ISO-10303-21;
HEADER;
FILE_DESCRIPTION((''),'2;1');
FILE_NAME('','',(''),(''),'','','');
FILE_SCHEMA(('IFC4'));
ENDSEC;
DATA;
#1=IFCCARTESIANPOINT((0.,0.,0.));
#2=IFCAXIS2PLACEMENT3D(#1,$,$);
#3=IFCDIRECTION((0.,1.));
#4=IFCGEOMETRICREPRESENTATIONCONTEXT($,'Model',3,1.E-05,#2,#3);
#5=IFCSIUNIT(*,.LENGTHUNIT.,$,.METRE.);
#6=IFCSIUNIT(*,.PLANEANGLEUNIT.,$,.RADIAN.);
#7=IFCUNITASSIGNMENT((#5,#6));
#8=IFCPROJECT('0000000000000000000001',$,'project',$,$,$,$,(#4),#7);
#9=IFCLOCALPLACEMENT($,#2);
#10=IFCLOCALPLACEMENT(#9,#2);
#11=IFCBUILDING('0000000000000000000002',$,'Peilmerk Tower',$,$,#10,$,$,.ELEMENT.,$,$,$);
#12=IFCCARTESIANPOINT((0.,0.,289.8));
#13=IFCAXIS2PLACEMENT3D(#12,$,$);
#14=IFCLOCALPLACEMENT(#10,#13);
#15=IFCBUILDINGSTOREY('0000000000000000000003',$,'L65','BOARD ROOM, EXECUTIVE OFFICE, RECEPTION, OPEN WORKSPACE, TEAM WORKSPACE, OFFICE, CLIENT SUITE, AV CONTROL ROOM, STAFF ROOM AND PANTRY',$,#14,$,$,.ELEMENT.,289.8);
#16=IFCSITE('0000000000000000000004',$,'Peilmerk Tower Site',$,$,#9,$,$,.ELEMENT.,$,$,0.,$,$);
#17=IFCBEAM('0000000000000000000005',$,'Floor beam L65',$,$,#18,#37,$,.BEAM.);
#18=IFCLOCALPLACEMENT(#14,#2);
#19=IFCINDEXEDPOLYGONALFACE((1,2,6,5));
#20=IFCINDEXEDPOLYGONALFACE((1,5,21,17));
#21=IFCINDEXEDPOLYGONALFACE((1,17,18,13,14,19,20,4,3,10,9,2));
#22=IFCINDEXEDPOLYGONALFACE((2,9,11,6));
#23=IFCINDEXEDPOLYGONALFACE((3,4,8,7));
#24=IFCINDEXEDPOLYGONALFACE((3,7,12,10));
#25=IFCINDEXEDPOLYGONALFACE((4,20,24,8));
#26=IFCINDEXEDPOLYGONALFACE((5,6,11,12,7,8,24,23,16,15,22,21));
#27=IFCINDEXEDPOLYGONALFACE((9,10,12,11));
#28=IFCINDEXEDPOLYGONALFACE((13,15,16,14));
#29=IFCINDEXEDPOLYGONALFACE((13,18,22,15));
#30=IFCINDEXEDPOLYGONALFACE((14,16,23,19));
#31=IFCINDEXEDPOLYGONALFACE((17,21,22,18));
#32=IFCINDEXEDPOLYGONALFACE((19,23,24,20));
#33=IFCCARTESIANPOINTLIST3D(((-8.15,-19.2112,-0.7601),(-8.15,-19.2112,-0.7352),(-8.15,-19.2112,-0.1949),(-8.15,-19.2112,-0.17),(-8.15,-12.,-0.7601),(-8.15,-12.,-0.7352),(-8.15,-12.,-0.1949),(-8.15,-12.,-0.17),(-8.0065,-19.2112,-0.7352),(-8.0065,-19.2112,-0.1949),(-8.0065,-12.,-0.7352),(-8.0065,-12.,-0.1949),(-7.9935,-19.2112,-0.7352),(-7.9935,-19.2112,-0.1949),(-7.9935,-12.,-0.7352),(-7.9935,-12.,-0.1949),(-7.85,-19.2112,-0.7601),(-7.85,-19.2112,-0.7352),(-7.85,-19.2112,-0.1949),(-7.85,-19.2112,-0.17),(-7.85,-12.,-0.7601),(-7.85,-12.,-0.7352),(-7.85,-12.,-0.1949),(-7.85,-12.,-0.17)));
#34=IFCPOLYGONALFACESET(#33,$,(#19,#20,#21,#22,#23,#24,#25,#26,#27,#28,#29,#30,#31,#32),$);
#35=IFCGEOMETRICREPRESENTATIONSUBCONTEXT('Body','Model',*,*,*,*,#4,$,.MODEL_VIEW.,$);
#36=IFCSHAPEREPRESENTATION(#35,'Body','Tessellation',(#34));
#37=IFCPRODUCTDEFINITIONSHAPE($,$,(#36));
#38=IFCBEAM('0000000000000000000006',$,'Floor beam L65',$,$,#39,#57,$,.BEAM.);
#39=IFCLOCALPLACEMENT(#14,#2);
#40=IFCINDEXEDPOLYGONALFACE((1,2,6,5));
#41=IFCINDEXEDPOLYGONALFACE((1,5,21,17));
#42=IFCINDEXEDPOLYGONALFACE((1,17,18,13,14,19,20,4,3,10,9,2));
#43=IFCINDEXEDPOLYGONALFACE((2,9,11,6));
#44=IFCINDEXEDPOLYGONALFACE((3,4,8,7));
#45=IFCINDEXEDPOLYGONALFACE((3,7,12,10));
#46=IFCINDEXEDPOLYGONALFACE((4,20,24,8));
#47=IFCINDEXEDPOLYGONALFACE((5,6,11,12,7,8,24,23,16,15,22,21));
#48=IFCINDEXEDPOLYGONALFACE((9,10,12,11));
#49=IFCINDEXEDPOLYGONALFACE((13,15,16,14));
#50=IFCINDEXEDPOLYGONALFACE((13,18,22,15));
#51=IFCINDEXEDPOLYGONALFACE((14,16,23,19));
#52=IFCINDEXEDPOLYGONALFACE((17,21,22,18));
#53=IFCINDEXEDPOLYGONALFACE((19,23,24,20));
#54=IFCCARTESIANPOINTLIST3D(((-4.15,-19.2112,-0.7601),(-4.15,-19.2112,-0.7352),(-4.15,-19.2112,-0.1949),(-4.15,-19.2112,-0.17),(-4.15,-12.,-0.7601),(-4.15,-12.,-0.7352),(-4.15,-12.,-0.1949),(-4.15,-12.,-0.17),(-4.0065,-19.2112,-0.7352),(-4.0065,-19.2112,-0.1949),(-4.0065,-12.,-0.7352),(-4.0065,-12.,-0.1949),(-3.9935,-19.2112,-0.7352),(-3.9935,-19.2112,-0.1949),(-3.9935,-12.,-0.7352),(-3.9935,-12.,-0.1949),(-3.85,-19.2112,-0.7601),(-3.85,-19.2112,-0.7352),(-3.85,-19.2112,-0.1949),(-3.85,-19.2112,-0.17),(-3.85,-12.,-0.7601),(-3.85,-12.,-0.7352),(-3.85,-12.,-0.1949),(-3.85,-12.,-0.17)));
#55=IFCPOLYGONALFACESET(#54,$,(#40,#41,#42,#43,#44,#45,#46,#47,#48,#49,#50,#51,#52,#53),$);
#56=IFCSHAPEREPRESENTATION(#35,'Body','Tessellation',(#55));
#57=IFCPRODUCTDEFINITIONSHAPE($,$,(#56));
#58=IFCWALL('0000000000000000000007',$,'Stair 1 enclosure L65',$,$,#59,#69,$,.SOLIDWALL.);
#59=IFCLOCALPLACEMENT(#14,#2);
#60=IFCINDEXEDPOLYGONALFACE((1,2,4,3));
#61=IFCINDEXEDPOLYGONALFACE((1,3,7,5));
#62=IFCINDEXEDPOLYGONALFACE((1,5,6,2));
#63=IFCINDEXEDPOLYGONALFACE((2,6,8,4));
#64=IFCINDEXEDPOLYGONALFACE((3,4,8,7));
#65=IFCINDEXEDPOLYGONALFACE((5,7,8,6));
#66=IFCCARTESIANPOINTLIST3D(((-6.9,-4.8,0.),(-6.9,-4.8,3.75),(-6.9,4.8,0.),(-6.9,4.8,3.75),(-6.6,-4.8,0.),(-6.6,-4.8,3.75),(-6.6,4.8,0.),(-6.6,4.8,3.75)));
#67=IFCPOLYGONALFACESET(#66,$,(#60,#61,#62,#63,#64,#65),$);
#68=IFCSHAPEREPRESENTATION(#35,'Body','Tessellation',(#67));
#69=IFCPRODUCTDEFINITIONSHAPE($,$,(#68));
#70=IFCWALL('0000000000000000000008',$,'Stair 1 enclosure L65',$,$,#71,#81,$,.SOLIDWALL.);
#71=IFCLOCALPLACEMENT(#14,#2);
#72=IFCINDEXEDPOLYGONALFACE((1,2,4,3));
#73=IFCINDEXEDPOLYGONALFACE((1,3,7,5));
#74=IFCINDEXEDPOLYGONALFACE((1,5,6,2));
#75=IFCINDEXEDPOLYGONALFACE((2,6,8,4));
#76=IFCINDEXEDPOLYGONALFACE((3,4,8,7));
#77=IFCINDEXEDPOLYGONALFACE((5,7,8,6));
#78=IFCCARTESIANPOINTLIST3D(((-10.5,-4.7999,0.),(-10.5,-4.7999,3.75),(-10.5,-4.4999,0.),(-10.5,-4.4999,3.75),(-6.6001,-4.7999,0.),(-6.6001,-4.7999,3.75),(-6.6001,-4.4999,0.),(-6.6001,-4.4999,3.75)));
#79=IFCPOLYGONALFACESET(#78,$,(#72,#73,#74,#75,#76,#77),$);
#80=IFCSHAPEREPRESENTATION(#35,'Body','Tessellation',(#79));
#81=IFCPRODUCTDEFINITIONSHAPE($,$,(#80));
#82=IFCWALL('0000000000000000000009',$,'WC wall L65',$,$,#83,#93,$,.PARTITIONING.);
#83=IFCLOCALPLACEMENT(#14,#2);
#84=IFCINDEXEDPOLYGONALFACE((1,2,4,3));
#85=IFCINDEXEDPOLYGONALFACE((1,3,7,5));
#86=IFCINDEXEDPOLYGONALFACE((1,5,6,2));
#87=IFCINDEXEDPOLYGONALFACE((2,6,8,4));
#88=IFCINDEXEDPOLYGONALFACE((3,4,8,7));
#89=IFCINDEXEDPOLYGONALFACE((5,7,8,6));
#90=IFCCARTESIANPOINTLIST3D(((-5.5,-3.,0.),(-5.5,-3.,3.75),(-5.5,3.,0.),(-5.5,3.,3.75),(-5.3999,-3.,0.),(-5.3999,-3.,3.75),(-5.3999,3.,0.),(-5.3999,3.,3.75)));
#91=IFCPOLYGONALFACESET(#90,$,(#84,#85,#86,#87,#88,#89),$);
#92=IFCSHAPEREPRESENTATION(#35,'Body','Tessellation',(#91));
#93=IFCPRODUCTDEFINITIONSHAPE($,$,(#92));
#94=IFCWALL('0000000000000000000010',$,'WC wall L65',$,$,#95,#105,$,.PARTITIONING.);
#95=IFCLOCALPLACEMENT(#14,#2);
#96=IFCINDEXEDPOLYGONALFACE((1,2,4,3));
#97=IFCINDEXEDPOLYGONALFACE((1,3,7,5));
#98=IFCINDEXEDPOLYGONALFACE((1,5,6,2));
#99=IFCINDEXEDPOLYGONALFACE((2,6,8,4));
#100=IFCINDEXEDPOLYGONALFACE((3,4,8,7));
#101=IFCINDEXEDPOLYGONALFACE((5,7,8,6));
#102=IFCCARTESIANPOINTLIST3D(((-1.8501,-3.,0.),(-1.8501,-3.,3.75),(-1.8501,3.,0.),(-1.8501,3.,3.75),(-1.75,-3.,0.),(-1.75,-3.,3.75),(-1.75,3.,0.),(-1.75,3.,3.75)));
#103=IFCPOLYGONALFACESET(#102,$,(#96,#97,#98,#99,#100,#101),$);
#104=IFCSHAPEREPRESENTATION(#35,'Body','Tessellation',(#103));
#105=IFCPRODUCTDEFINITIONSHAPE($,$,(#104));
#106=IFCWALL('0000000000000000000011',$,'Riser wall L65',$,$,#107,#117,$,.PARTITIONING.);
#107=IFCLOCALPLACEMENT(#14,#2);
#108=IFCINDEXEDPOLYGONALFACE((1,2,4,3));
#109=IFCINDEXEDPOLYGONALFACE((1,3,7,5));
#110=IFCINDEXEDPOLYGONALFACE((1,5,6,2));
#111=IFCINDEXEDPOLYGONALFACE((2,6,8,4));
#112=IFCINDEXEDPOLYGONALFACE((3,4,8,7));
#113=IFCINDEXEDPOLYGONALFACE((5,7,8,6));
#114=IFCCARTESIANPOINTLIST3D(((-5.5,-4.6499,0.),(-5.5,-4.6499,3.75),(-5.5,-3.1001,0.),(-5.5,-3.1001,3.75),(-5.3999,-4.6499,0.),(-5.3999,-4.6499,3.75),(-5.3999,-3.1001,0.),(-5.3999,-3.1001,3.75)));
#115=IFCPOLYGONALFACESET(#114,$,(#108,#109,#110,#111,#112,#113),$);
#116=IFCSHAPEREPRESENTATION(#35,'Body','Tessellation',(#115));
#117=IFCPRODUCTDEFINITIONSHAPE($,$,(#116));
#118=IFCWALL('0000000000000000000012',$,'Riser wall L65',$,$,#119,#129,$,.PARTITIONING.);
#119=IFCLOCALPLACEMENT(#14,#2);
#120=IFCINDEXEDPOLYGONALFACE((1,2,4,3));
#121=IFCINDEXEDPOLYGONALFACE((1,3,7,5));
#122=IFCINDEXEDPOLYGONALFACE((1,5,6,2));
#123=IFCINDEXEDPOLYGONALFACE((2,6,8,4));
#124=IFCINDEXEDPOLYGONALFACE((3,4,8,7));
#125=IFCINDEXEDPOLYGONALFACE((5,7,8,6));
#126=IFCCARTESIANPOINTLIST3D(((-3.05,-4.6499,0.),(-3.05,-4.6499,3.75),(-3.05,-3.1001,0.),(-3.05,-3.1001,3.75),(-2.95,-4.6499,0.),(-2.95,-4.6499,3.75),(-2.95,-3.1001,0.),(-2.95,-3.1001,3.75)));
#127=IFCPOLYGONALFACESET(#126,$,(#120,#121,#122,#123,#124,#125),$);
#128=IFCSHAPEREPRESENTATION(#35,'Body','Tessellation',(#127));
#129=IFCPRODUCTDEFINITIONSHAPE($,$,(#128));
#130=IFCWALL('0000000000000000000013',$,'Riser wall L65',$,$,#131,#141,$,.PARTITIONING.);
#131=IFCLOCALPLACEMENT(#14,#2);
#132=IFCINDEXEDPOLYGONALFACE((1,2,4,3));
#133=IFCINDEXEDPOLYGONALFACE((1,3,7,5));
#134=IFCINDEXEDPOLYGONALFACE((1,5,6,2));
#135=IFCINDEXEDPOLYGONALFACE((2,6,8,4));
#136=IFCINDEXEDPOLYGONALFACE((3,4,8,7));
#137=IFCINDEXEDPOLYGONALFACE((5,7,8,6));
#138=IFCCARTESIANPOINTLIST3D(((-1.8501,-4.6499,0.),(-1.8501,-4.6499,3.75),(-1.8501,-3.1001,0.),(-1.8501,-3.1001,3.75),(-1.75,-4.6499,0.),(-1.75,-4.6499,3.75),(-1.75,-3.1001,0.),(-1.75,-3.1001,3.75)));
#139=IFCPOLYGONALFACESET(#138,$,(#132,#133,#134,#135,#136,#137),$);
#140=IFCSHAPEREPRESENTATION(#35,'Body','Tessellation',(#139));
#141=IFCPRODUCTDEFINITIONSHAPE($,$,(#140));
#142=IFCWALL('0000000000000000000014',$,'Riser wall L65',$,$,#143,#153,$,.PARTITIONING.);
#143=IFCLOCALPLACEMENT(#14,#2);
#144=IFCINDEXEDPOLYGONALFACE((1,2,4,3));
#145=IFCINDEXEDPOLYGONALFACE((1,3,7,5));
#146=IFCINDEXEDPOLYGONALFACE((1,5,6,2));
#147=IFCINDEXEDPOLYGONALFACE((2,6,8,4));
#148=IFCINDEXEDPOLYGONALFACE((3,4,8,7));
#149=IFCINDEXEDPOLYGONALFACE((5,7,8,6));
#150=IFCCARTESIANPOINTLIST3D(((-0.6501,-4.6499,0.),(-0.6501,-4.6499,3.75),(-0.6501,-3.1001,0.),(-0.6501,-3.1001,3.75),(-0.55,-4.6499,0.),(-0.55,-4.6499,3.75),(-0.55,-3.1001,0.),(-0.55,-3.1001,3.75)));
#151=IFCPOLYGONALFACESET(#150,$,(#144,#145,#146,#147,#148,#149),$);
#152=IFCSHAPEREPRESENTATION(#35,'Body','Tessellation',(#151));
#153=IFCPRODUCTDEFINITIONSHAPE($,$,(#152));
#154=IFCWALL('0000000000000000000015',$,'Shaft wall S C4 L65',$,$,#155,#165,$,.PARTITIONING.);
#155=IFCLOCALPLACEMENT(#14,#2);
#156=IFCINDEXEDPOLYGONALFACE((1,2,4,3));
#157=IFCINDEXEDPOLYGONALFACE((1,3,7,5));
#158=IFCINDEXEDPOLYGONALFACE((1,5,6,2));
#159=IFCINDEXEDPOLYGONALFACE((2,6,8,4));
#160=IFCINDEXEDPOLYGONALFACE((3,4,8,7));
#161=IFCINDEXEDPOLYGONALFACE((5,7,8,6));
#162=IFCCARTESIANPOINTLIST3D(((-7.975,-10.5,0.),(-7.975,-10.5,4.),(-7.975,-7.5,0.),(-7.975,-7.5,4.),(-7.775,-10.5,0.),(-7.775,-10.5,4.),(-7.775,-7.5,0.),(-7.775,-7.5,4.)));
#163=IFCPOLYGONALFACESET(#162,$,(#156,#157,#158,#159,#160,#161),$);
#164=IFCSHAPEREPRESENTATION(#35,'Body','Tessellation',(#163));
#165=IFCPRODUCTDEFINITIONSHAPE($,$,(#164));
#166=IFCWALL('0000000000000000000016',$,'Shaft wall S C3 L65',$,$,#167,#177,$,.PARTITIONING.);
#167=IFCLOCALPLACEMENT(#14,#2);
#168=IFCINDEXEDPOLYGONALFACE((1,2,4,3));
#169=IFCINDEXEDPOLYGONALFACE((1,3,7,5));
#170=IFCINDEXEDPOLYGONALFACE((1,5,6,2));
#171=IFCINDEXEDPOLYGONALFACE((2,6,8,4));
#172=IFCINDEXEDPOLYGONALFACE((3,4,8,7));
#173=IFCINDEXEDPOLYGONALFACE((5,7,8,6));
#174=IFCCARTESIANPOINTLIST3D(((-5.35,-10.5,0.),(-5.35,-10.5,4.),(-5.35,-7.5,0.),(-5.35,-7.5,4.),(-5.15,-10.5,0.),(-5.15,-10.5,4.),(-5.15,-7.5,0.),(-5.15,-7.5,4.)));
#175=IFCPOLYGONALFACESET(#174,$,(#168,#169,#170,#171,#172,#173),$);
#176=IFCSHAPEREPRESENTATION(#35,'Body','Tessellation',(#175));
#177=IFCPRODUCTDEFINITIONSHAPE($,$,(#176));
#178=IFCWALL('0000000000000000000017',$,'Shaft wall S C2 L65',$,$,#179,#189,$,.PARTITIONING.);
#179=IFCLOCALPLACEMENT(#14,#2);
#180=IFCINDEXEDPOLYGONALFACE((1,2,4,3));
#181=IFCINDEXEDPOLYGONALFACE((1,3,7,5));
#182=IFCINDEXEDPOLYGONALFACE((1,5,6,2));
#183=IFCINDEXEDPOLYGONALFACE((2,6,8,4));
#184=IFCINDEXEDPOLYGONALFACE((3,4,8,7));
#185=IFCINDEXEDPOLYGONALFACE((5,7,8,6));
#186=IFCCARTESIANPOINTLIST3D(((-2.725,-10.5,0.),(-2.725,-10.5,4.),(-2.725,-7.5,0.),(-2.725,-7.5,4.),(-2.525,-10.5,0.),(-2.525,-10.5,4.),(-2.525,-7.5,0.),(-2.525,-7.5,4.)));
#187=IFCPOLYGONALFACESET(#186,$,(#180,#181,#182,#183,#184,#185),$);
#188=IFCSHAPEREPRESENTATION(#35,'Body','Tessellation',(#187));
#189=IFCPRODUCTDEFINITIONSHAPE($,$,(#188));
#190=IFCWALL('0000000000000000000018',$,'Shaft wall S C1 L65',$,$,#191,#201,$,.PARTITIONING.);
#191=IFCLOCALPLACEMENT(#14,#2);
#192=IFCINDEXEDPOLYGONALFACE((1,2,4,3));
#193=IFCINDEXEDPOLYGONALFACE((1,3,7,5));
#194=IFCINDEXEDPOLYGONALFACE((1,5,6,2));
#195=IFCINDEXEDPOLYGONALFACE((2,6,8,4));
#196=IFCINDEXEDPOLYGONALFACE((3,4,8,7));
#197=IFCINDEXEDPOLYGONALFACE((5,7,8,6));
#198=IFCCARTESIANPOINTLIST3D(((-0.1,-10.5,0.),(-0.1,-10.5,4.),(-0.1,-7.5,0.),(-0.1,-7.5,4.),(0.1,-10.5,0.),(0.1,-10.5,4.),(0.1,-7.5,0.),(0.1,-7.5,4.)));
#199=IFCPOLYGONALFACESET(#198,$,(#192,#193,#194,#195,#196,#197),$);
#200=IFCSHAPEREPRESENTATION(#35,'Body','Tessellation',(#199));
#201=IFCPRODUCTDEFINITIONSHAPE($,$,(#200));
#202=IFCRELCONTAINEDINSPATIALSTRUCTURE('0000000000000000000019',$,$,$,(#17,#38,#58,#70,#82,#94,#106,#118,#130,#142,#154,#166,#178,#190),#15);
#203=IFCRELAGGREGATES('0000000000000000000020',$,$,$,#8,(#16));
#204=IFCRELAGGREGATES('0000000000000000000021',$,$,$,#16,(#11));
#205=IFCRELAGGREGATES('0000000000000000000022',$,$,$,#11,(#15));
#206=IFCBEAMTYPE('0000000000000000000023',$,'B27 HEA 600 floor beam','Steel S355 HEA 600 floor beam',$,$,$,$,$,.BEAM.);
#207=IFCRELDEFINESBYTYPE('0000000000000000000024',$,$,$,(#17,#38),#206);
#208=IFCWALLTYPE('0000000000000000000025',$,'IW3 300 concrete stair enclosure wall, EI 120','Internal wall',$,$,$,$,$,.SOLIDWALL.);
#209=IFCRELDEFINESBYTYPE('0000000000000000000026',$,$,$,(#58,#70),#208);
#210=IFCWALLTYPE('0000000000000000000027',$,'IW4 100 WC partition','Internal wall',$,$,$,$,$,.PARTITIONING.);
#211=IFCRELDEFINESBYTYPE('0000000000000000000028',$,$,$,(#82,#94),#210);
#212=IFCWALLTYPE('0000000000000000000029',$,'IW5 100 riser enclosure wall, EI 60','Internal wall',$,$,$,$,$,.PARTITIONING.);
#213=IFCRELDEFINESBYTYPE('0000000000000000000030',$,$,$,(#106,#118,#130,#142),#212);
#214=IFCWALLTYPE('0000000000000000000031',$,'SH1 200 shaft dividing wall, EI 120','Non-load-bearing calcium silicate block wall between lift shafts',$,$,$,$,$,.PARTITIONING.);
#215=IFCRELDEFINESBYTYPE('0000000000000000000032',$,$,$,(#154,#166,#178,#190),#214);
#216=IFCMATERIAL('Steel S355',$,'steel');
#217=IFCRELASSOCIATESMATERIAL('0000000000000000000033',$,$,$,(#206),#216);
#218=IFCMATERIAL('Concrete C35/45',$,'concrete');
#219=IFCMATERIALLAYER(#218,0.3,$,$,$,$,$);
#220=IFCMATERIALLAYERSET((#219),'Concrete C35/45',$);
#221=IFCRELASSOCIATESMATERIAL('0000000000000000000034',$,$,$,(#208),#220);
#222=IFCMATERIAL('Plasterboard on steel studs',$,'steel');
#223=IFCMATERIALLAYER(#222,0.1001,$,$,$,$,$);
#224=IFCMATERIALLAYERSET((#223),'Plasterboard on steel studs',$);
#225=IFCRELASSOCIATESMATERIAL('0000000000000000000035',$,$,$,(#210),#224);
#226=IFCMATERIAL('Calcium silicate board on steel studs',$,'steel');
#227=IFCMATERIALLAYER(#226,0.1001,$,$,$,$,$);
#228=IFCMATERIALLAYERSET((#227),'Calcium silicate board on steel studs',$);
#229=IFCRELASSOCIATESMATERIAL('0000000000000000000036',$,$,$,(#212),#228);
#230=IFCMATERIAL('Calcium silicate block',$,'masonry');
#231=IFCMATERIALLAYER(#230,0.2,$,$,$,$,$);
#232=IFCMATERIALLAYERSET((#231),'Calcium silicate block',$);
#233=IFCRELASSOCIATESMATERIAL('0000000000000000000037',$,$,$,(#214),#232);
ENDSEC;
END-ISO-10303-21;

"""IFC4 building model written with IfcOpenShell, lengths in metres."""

from ifc_helpers import new_model, si_unit, direction, frame, frame_2d, origin, origin_2d, place, context, subcontext, project, spatial, rectangle, i_section, extrude, material, layer, layer_set, material_profile, profile_set, type_object, element, save


model = new_model("IFC4")

# Units and contexts
model_context = context("Model", 3, precision=1e-05, world=origin(), true_north=direction((0.0, 1.0)))
body_context = subcontext(model_context, "Body", "Model", "MODEL_VIEW")
ifc_project = project(units=[si_unit("LENGTHUNIT", "METRE"), si_unit("PLANEANGLEUNIT", "RADIAN")], contexts=[model_context])

# Site, building, storey
site_placement = place(None, origin())
site = spatial("IfcSite", under=ifc_project, at=site_placement, Name="Peilmerk Tower Site", CompositionType="ELEMENT", RefElevation=0.0)
building_placement = place(site_placement, origin())
building = spatial("IfcBuilding", under=site, at=building_placement, Name="Peilmerk Tower", CompositionType="ELEMENT")
storey_placement = place(building_placement, frame((0.0, 0.0, 289.8)))
storey = spatial("IfcBuildingStorey", under=building, at=storey_placement, Name="L65", Description="BOARD ROOM, EXECUTIVE OFFICE, RECEPTION, OPEN WORKSPACE, TEAM WORKSPACE, OFFICE, CLIENT SUITE, AV CONTROL ROOM, STAFF ROOM AND PANTRY", CompositionType="ELEMENT", Elevation=289.8)

# Beams
ifc_material_1 = material(Name="Steel S355", Category="steel")
ifc_material_profile = material_profile(ifc_material_1, i_section(OverallWidth=0.3, OverallDepth=0.5901, WebThickness=0.0129, FlangeThickness=0.0249, at=origin_2d()), Name="HEA 600")
ifc_profile_set = profile_set([ifc_material_profile], Name="Steel S355")
beam_type = type_object("IfcBeamType", Name="B27 HEA 600 floor beam", Description="Steel S355 HEA 600 floor beam", PredefinedType="BEAM", material=ifc_profile_set)
for number, where, z_axis, x_axis, name in (
    (1, (-8.0, -12.0, -0.4651), (0.0, -1.0, 0.0), (1.0, 0.0, 0.0), "Floor beam L65"),
    (2, (-4.0, -12.0, -0.4651), (0.0, -1.0, 0.0), (1.0, 0.0, 0.0), "Floor beam L65"),
):
    element("IfcBeam", number, at=place(storey_placement, frame(where, z_axis=z_axis, x_axis=x_axis)), inside=storey, type_object=beam_type, Name=name, PredefinedType="BEAM", context=body_context, shape_type="SweptSolid", body=[
        extrude(i_section(OverallWidth=0.3, OverallDepth=0.5901, WebThickness=0.0129, FlangeThickness=0.0249, at=origin_2d()), origin(), (0.0, 0.0, 1.0), 7.2112),
    ])

# Walls
ifc_material_2 = material(Name="Concrete C35/45", Category="concrete")
ifc_layer_1 = layer(ifc_material_2, 0.3)
ifc_layer_set_1 = layer_set([ifc_layer_1], Name="Concrete C35/45")
wall_type_1 = type_object("IfcWallType", Name="IW3 300 concrete stair enclosure wall, EI 120", Description="Internal wall", PredefinedType="SOLIDWALL", material=ifc_layer_set_1)
wall_1_placement = place(storey_placement, frame((-6.75, -4.8, 0.0), z_axis=(0.0, 0.0, 1.0), x_axis=(0.0, 1.0, 0.0)))
element("IfcWall", 3, at=wall_1_placement, inside=storey, type_object=wall_type_1, Name="Stair 1 enclosure L65", PredefinedType="SOLIDWALL", context=body_context, shape_type="SweptSolid", body=[
    extrude(rectangle(XDim=9.6001, YDim=0.3, at=frame_2d((4.8, 0.0))), origin(), (0.0, 0.0, 1.0), 3.75),
])
wall_2_placement = place(storey_placement, frame((-6.6001, -4.6499, 0.0), z_axis=(0.0, 0.0, 1.0), x_axis=(-1.0, 0.0, 0.0)))
element("IfcWall", 4, at=wall_2_placement, inside=storey, type_object=wall_type_1, Name="Stair 1 enclosure L65", PredefinedType="SOLIDWALL", context=body_context, shape_type="SweptSolid", body=[
    extrude(rectangle(XDim=3.8999, YDim=0.3, at=frame_2d((1.95, 0.0))), origin(), (0.0, 0.0, 1.0), 3.75),
])
ifc_material_3 = material(Name="Plasterboard on steel studs", Category="steel")
ifc_layer_2 = layer(ifc_material_3, 0.1001)
ifc_layer_set_2 = layer_set([ifc_layer_2], Name="Plasterboard on steel studs")
wall_type_2 = type_object("IfcWallType", Name="IW4 100 WC partition", Description="Internal wall", PredefinedType="PARTITIONING", material=ifc_layer_set_2)
for number, where, z_axis, x_axis, name in (
    (5, (-5.45, -3.0, 0.0), (0.0, 0.0, 1.0), (0.0, 1.0, 0.0), "WC wall L65"),
    (6, (-1.8, -3.0, 0.0), (0.0, 0.0, 1.0), (0.0, 1.0, 0.0), "WC wall L65"),
):
    element("IfcWall", number, at=place(storey_placement, frame(where, z_axis=z_axis, x_axis=x_axis)), inside=storey, type_object=wall_type_2, Name=name, PredefinedType="PARTITIONING", context=body_context, shape_type="SweptSolid", body=[
        extrude(rectangle(XDim=6.0, YDim=0.1001, at=frame_2d((3.0, 0.0))), origin(), (0.0, 0.0, 1.0), 3.75),
    ])
ifc_material_4 = material(Name="Calcium silicate board on steel studs", Category="steel")
ifc_layer_3 = layer(ifc_material_4, 0.1001)
ifc_layer_set_3 = layer_set([ifc_layer_3], Name="Calcium silicate board on steel studs")
wall_type_3 = type_object("IfcWallType", Name="IW5 100 riser enclosure wall, EI 60", Description="Internal wall", PredefinedType="PARTITIONING", material=ifc_layer_set_3)
for number, where, z_axis, x_axis, name in (
    (7, (-5.45, -3.1001, 0.0), (0.0, 0.0, 1.0), (0.0, -1.0, 0.0), "Riser wall L65"),
    (8, (-3.0, -3.1001, 0.0), (0.0, 0.0, 1.0), (0.0, -1.0, 0.0), "Riser wall L65"),
    (9, (-1.8, -3.1001, 0.0), (0.0, 0.0, 1.0), (0.0, -1.0, 0.0), "Riser wall L65"),
    (10, (-0.6001, -3.1001, 0.0), (0.0, 0.0, 1.0), (0.0, -1.0, 0.0), "Riser wall L65"),
):
    element("IfcWall", number, at=place(storey_placement, frame(where, z_axis=z_axis, x_axis=x_axis)), inside=storey, type_object=wall_type_3, Name=name, PredefinedType="PARTITIONING", context=body_context, shape_type="SweptSolid", body=[
        extrude(rectangle(XDim=1.5498, YDim=0.1001, at=frame_2d((0.7749, 0.0))), origin(), (0.0, 0.0, 1.0), 3.75),
    ])
ifc_material_5 = material(Name="Calcium silicate block", Category="masonry")
ifc_layer_4 = layer(ifc_material_5, 0.2)
ifc_layer_set_4 = layer_set([ifc_layer_4], Name="Calcium silicate block")
wall_type_4 = type_object("IfcWallType", Name="SH1 200 shaft dividing wall, EI 120", Description="Non-load-bearing calcium silicate block wall between lift shafts", PredefinedType="PARTITIONING", material=ifc_layer_set_4)
for number, where, z_axis, x_axis, name in (
    (11, (-7.875, -10.5, 0.0), (0.0, 0.0, 1.0), (0.0, 1.0, 0.0), "Shaft wall S C4 L65"),
    (12, (-5.25, -10.5, 0.0), (0.0, 0.0, 1.0), (0.0, 1.0, 0.0), "Shaft wall S C3 L65"),
    (13, (-2.625, -10.5, 0.0), (0.0, 0.0, 1.0), (0.0, 1.0, 0.0), "Shaft wall S C2 L65"),
    (14, (0.0, -10.5, 0.0), (0.0, 0.0, 1.0), (0.0, 1.0, 0.0), "Shaft wall S C1 L65"),
):
    element("IfcWall", number, at=place(storey_placement, frame(where, z_axis=z_axis, x_axis=x_axis)), inside=storey, type_object=wall_type_4, Name=name, PredefinedType="PARTITIONING", context=body_context, shape_type="SweptSolid", body=[
        extrude(rectangle(XDim=3.0, YDim=0.2, at=frame_2d((1.5, 0.0))), origin(), (0.0, 0.0, 1.0), 4.0),
    ])

save(model, "model.ifc")
